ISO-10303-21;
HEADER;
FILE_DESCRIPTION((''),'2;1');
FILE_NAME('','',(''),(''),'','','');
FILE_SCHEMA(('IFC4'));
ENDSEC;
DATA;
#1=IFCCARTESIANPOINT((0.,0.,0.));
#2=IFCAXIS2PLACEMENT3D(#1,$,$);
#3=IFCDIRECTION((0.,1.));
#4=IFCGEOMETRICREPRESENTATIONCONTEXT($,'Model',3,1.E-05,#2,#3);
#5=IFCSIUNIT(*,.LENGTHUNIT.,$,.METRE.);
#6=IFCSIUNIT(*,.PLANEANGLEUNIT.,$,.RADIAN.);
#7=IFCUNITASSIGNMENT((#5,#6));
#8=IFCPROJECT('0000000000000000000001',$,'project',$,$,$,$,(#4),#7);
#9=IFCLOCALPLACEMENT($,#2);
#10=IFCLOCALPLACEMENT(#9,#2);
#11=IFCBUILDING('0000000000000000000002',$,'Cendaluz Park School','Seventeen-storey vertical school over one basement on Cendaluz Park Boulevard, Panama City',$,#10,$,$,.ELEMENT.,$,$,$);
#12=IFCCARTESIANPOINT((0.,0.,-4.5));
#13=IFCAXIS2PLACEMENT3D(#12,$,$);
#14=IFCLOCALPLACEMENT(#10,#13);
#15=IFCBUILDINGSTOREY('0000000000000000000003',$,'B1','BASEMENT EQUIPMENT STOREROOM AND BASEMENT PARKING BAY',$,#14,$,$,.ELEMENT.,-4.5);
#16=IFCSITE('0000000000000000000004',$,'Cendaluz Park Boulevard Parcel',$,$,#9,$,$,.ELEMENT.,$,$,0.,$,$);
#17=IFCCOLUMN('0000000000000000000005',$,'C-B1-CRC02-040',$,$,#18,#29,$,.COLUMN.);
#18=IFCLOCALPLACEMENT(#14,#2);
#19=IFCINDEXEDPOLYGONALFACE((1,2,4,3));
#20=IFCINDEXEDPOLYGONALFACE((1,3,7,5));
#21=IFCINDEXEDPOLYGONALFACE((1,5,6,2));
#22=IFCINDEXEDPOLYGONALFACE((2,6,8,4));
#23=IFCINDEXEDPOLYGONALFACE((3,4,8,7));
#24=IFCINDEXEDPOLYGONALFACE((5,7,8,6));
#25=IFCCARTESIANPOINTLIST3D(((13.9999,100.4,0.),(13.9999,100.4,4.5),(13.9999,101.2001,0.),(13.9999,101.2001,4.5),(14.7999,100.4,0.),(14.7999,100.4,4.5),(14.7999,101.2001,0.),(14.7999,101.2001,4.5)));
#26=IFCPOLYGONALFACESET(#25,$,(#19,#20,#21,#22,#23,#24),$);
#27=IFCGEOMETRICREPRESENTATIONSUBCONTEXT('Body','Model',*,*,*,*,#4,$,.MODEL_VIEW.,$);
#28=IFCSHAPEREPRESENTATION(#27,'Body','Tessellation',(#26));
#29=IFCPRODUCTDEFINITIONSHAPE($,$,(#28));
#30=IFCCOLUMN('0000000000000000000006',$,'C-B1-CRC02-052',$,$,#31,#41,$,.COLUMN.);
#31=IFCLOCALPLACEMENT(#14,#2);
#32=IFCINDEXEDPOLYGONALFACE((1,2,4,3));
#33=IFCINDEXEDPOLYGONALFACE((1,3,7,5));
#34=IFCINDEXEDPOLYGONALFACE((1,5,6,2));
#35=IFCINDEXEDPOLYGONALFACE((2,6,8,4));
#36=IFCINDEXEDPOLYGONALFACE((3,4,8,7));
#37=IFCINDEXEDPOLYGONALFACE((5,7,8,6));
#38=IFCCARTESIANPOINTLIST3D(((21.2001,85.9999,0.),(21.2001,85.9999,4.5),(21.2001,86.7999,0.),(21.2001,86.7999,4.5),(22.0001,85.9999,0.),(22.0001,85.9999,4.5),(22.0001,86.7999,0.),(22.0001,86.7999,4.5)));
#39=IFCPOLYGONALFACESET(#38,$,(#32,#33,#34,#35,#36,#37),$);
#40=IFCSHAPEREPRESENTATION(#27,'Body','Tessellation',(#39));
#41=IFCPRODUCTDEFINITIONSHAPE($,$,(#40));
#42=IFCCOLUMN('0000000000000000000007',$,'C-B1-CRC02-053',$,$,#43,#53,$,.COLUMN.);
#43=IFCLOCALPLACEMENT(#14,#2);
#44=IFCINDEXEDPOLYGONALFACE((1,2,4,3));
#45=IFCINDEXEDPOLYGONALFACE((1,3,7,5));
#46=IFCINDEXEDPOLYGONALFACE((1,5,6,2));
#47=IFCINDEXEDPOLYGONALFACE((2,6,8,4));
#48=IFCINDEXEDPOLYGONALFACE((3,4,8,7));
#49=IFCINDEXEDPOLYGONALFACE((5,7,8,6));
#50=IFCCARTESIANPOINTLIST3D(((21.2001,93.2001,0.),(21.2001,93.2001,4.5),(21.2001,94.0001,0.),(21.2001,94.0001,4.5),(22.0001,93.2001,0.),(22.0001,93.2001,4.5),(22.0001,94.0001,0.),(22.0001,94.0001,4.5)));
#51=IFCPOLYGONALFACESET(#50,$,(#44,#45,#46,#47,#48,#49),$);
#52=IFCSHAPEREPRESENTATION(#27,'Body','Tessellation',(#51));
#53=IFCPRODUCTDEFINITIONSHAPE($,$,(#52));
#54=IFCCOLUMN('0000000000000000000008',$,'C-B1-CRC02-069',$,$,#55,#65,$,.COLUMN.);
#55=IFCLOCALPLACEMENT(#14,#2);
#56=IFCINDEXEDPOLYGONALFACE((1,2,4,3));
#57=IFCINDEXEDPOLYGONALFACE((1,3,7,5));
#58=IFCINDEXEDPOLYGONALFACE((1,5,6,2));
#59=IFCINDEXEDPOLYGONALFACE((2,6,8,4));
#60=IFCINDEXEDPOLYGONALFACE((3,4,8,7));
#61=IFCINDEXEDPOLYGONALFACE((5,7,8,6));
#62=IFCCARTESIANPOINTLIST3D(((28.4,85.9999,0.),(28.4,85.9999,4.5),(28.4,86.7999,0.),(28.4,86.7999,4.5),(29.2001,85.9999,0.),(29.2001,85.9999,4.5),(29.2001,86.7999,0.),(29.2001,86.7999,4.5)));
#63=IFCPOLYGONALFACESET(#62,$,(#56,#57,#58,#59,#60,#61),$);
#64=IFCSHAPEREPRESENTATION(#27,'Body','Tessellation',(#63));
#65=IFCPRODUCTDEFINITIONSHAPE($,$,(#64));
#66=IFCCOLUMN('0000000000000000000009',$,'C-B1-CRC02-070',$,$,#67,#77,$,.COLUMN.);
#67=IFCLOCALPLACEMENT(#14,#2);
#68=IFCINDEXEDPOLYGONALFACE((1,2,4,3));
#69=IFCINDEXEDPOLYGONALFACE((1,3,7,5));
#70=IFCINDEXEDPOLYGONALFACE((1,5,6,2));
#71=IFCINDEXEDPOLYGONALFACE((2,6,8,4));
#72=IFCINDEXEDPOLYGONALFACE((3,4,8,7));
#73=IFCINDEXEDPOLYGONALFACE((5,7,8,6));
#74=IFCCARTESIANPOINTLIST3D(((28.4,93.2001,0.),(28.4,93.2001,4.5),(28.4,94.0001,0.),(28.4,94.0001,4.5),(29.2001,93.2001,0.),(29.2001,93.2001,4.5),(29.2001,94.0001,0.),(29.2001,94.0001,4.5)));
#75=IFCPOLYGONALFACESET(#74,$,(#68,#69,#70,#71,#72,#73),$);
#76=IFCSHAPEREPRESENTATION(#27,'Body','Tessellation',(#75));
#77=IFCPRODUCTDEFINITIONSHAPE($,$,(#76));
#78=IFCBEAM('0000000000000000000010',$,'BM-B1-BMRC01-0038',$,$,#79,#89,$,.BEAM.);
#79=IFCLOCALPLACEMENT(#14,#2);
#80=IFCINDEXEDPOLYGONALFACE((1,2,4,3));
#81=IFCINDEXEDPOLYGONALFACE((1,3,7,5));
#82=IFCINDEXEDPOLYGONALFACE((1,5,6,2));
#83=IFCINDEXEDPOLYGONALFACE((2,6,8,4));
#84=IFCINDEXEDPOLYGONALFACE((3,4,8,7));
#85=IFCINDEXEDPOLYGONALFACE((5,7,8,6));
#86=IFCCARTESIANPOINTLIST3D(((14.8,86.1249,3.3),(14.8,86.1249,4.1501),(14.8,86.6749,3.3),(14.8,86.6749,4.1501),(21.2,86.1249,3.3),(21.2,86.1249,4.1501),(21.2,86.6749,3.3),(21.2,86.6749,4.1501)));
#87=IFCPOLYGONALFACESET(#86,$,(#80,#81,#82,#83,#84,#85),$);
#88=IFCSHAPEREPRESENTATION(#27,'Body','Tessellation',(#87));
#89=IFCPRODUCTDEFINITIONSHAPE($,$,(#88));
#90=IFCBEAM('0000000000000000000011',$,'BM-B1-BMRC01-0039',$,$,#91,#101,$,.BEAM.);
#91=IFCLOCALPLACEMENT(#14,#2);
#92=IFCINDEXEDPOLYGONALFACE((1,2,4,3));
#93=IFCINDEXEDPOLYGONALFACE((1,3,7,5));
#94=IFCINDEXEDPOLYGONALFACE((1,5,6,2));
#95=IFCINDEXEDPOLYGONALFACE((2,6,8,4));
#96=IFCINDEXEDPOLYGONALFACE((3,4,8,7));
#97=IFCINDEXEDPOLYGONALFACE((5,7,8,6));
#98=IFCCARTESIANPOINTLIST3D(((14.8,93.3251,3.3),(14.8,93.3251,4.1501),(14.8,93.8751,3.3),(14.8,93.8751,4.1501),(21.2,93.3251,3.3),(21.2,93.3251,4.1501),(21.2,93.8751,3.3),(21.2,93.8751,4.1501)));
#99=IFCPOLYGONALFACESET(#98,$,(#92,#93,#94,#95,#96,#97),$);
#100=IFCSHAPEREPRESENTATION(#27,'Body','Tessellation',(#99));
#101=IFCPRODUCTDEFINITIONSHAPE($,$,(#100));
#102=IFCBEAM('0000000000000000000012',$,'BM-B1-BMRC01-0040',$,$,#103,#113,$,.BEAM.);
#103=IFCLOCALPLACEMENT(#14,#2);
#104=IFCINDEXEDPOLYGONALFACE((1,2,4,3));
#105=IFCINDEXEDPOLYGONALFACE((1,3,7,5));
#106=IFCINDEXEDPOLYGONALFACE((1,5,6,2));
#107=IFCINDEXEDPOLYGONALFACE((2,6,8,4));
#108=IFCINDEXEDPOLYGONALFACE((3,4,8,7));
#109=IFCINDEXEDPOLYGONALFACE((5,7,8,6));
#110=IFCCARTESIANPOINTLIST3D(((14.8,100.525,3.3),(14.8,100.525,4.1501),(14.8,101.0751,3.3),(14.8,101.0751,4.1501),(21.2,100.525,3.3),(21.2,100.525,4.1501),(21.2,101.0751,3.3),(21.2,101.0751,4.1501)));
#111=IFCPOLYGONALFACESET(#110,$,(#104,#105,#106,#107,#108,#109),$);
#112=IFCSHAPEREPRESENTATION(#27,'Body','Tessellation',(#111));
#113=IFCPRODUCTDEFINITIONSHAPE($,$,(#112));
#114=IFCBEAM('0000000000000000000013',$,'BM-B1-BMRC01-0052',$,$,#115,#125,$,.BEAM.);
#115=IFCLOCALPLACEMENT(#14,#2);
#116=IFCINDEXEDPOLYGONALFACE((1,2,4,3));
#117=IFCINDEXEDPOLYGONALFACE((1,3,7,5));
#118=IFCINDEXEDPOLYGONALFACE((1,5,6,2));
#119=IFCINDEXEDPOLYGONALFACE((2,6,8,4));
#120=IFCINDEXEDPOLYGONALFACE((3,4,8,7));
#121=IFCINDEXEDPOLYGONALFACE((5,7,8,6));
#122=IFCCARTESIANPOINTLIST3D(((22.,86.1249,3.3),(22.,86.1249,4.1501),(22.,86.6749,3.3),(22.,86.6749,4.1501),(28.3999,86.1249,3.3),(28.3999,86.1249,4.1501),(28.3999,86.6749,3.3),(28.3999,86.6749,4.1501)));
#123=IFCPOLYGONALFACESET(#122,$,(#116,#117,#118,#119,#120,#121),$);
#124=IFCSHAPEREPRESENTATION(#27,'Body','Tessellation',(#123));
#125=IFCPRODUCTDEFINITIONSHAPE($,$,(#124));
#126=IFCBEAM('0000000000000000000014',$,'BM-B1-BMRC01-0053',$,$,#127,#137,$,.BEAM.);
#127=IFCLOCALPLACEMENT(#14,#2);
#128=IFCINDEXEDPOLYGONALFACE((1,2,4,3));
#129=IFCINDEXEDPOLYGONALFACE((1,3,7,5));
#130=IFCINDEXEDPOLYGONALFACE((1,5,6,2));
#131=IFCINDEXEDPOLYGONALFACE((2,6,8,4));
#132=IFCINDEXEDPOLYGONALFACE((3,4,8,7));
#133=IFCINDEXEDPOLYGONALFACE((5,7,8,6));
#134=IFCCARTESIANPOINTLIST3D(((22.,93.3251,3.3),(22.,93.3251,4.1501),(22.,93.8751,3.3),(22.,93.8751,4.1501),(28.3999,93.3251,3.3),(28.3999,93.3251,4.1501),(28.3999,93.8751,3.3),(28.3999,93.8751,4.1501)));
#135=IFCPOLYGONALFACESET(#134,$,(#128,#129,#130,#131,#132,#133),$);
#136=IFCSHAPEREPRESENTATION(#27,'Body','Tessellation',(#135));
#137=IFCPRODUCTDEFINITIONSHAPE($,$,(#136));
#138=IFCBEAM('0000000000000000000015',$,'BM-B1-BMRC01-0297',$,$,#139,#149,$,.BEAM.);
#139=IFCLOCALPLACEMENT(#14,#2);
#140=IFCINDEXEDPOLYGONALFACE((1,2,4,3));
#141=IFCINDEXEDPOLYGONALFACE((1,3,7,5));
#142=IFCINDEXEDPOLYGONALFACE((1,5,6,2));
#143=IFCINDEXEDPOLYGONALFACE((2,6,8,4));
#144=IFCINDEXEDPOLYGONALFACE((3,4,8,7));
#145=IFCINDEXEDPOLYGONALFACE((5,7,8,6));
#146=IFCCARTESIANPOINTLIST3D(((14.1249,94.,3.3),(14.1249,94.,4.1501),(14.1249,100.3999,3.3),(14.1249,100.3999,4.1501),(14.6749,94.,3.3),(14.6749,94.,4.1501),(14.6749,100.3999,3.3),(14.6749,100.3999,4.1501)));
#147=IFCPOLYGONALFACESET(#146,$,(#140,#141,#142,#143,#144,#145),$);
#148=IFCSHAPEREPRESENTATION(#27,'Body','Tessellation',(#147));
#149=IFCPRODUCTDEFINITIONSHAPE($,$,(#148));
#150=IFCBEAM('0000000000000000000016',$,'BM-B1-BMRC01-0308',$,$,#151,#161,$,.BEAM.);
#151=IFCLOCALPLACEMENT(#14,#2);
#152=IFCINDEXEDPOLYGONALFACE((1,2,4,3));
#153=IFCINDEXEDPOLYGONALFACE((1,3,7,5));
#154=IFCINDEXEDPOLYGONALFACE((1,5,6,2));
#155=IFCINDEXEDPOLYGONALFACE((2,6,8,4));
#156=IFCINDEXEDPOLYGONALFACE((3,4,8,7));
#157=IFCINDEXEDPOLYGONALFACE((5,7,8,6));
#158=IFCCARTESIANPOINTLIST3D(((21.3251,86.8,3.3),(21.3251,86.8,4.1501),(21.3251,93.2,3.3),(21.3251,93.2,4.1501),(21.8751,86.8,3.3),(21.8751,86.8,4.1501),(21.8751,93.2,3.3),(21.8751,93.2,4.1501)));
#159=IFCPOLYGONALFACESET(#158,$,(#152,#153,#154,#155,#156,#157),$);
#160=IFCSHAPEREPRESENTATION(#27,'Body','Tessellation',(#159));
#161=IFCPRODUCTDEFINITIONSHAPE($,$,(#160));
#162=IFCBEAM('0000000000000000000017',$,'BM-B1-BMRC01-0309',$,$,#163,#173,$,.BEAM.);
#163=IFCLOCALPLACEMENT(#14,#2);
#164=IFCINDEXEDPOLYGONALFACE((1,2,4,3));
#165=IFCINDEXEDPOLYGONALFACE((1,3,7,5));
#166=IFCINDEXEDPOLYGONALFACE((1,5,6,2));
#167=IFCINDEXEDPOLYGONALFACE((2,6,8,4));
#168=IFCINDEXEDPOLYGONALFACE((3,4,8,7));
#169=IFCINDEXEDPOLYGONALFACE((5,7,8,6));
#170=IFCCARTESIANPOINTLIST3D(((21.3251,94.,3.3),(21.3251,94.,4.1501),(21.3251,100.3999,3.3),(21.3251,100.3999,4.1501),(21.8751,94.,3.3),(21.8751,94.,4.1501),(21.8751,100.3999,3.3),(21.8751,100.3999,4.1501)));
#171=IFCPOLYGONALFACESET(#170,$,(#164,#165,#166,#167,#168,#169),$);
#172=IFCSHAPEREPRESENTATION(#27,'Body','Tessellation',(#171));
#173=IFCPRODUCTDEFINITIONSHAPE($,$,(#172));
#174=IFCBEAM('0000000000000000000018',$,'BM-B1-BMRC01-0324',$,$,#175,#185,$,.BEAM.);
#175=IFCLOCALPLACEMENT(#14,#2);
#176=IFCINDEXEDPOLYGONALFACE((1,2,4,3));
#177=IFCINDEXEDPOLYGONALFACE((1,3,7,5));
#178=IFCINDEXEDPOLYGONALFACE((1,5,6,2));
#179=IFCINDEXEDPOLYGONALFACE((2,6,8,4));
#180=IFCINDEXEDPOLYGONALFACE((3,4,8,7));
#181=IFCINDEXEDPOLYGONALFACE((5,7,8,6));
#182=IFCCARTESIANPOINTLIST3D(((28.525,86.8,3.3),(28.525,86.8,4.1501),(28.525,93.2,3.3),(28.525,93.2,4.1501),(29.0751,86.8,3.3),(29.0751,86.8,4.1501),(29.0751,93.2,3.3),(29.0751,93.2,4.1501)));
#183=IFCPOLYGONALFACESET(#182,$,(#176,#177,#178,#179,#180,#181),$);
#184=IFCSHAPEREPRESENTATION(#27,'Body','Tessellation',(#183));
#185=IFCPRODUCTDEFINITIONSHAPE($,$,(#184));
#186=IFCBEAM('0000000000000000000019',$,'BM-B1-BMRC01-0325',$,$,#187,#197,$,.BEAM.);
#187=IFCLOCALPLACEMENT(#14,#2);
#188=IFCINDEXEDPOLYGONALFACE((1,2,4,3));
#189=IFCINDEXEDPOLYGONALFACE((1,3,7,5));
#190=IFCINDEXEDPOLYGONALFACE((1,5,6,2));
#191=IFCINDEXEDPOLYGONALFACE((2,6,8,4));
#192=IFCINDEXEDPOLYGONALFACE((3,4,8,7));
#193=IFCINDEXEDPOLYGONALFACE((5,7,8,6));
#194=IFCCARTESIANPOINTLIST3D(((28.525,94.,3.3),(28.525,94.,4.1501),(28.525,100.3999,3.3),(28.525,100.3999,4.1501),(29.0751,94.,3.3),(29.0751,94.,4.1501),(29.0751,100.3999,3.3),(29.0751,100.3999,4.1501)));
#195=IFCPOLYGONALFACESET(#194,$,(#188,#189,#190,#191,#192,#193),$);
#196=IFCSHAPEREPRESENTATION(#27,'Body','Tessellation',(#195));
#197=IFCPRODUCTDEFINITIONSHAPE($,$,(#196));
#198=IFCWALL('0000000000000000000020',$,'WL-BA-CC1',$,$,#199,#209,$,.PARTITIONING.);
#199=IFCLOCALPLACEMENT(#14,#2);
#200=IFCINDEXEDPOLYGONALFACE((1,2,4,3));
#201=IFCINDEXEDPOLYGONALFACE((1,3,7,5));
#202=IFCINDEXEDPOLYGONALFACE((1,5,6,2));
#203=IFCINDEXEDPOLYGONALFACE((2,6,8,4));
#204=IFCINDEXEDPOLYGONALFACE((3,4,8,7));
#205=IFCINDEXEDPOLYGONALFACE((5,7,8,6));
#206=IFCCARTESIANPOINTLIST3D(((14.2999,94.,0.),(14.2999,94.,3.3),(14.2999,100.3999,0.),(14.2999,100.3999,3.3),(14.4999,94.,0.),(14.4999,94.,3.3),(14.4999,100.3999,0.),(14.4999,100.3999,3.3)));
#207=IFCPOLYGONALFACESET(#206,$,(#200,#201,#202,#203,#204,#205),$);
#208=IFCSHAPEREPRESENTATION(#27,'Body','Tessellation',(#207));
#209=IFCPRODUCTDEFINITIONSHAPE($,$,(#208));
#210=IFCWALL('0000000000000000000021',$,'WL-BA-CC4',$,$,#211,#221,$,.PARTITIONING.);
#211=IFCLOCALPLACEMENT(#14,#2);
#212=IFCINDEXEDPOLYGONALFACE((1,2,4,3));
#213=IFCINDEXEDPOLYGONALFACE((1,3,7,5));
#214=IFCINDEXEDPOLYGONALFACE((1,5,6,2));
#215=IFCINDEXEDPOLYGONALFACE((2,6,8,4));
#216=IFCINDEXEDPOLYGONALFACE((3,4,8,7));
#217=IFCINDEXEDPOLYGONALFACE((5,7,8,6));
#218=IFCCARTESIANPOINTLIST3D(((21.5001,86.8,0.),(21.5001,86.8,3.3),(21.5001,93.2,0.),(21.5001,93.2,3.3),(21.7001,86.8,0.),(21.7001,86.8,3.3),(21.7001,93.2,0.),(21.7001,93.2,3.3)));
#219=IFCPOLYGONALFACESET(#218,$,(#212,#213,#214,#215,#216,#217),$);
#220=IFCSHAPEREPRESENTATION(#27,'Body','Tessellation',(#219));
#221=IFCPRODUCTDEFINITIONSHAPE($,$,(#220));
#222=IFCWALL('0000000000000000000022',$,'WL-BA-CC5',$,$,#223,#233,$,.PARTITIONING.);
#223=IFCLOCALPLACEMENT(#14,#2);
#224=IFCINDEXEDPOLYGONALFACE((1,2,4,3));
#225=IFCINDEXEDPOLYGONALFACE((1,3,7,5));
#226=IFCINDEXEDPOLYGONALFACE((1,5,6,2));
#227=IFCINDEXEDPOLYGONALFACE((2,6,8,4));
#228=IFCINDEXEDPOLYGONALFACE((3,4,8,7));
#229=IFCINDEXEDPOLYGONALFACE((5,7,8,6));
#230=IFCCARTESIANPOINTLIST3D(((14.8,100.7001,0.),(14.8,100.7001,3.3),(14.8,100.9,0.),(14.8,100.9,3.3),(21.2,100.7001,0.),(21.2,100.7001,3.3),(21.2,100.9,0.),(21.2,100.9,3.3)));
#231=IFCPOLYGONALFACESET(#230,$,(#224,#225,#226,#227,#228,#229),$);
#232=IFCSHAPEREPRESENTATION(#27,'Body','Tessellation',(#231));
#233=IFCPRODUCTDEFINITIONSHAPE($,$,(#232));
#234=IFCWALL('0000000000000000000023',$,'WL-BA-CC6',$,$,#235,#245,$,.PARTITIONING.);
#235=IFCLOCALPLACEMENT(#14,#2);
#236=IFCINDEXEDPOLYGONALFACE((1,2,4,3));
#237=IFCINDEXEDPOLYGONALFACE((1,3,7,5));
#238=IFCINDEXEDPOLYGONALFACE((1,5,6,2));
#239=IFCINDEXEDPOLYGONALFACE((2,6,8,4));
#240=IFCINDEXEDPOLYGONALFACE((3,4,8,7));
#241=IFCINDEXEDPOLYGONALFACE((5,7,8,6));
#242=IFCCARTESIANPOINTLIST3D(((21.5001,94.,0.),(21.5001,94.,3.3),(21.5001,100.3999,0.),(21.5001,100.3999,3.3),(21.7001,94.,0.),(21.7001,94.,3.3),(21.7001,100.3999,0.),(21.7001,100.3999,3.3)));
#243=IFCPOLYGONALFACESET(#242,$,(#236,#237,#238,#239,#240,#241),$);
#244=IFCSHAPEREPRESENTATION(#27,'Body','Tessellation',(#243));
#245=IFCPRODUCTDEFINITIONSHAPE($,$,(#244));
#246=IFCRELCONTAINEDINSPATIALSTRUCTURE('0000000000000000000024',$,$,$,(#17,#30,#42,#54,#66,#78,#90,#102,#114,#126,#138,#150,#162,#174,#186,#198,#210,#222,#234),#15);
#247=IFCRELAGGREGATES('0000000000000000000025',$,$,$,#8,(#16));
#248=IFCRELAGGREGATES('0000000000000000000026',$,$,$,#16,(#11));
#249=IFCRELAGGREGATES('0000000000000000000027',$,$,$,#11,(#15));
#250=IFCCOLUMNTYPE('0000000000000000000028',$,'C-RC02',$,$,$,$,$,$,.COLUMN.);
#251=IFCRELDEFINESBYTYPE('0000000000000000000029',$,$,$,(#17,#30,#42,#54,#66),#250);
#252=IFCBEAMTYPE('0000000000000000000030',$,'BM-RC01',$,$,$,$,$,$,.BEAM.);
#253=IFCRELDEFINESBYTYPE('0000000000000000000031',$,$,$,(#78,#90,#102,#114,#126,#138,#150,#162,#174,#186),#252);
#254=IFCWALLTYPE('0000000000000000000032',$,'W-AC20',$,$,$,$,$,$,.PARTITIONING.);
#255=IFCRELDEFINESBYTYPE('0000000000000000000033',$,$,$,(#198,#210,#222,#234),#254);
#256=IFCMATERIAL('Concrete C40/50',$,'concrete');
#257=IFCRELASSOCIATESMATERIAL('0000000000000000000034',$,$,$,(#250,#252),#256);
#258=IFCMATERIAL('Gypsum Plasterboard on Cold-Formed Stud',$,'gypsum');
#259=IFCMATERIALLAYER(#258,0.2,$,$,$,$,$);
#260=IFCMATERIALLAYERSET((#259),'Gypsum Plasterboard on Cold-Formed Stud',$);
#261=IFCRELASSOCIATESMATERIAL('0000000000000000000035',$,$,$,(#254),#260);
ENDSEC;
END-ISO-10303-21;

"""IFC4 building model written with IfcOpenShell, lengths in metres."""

from ifc_helpers import new_model, si_unit, direction, frame, frame_2d, origin, origin_2d, place, context, subcontext, project, spatial, rectangle, extrude, material, layer, layer_set, material_profile, profile_set, type_object, element, save


model = new_model("IFC4")

# Units and contexts
model_context = context("Model", 3, precision=1e-05, world=origin(), true_north=direction((0.0, 1.0)))
body_context = subcontext(model_context, "Body", "Model", "MODEL_VIEW")
ifc_project = project(units=[si_unit("LENGTHUNIT", "METRE"), si_unit("PLANEANGLEUNIT", "RADIAN")], contexts=[model_context])

# Site, building, storey
site_placement = place(None, origin())
site = spatial("IfcSite", under=ifc_project, at=site_placement, Name="Cendaluz Park Boulevard Parcel", CompositionType="ELEMENT", RefElevation=0.0)
building_placement = place(site_placement, origin())
building = spatial("IfcBuilding", under=site, at=building_placement, Name="Cendaluz Park School", Description="Seventeen-storey vertical school over one basement on Cendaluz Park Boulevard, Panama City", CompositionType="ELEMENT")
storey_placement = place(building_placement, frame((0.0, 0.0, -4.5)))
storey = spatial("IfcBuildingStorey", under=building, at=storey_placement, Name="B1", Description="BASEMENT EQUIPMENT STOREROOM AND BASEMENT PARKING BAY", CompositionType="ELEMENT", Elevation=-4.5)

# Shared definitions
ifc_material_1 = material(Name="Concrete C40/50", Category="concrete")

# Columns
ifc_material_profile_1 = material_profile(ifc_material_1, rectangle(XDim=0.8, YDim=0.8, at=origin_2d()), Name="RC 800x800", Category="concrete")
ifc_profile_set_1 = profile_set([ifc_material_profile_1], Name="Concrete C40/50")
column_type = type_object("IfcColumnType", Name="C-RC02", PredefinedType="COLUMN", material=ifc_profile_set_1)
for number, where, z_axis, x_axis, name in (
    (1, (14.3999, 100.8, 0.0), (0.0, 0.0, 1.0), (1.0, 0.0, 0.0), "C-B1-CRC02-040"),
    (2, (21.6001, 86.3999, 0.0), (0.0, 0.0, 1.0), (1.0, 0.0, 0.0), "C-B1-CRC02-052"),
    (3, (21.6001, 93.6001, 0.0), (0.0, 0.0, 1.0), (1.0, 0.0, 0.0), "C-B1-CRC02-053"),
    (4, (28.8, 86.3999, 0.0), (0.0, 0.0, 1.0), (1.0, 0.0, 0.0), "C-B1-CRC02-069"),
    (5, (28.8, 93.6001, 0.0), (0.0, 0.0, 1.0), (1.0, 0.0, 0.0), "C-B1-CRC02-070"),
):
    element("IfcColumn", number, at=place(storey_placement, frame(where, z_axis=z_axis, x_axis=x_axis)), inside=storey, type_object=column_type, Name=name, PredefinedType="COLUMN", context=body_context, shape_type="SweptSolid", body=[
        extrude(rectangle(XDim=0.8, YDim=0.8, at=origin_2d()), origin(), (0.0, 0.0, 1.0), 4.5),
    ])

# Beams
ifc_material_profile_2 = material_profile(ifc_material_1, rectangle(XDim=0.55, YDim=0.8501, at=origin_2d()), Name="RC 550x850", Category="concrete")
ifc_profile_set_2 = profile_set([ifc_material_profile_2], Name="Concrete C40/50")
beam_type = type_object("IfcBeamType", Name="BM-RC01", PredefinedType="BEAM", material=ifc_profile_set_2)
for number, where, z_axis, x_axis, name in (
    (6, (14.8, 86.3999, 3.7251), (1.0, 0.0, 0.0), (0.0, 1.0, 0.0), "BM-B1-BMRC01-0038"),
    (7, (14.8, 93.6001, 3.7251), (1.0, 0.0, 0.0), (0.0, 1.0, 0.0), "BM-B1-BMRC01-0039"),
    (8, (14.8, 100.8, 3.7251), (1.0, 0.0, 0.0), (0.0, 1.0, 0.0), "BM-B1-BMRC01-0040"),
    (9, (22.0, 86.3999, 3.7251), (1.0, 0.0, 0.0), (0.0, 1.0, 0.0), "BM-B1-BMRC01-0052"),
    (10, (22.0, 93.6001, 3.7251), (1.0, 0.0, 0.0), (0.0, 1.0, 0.0), "BM-B1-BMRC01-0053"),
    (11, (14.3999, 94.0, 3.7251), (0.0, 1.0, 0.0), (-1.0, 0.0, 0.0), "BM-B1-BMRC01-0297"),
    (12, (21.6001, 86.8, 3.7251), (0.0, 1.0, 0.0), (-1.0, 0.0, 0.0), "BM-B1-BMRC01-0308"),
    (13, (21.6001, 94.0, 3.7251), (0.0, 1.0, 0.0), (-1.0, 0.0, 0.0), "BM-B1-BMRC01-0309"),
    (14, (28.8, 86.8, 3.7251), (0.0, 1.0, 0.0), (-1.0, 0.0, 0.0), "BM-B1-BMRC01-0324"),
    (15, (28.8, 94.0, 3.7251), (0.0, 1.0, 0.0), (-1.0, 0.0, 0.0), "BM-B1-BMRC01-0325"),
):
    element("IfcBeam", number, at=place(storey_placement, frame(where, z_axis=z_axis, x_axis=x_axis)), inside=storey, type_object=beam_type, Name=name, PredefinedType="BEAM", context=body_context, shape_type="SweptSolid", body=[
        extrude(rectangle(XDim=0.55, YDim=0.8501, at=origin_2d()), origin(), (0.0, 0.0, 1.0), 6.3999),
    ])

# Walls
ifc_material_2 = material(Name="Gypsum Plasterboard on Cold-Formed Stud", Category="gypsum")
ifc_layer = layer(ifc_material_2, 0.2)
ifc_layer_set = layer_set([ifc_layer], Name="Gypsum Plasterboard on Cold-Formed Stud")
wall_type = type_object("IfcWallType", Name="W-AC20", PredefinedType="PARTITIONING", material=ifc_layer_set)
for number, where, z_axis, x_axis, name in (
    (16, (14.3999, 94.0, 0.0), (0.0, 0.0, 1.0), (0.0, 1.0, 0.0), "WL-BA-CC1"),
    (17, (21.6001, 86.8, 0.0), (0.0, 0.0, 1.0), (0.0, 1.0, 0.0), "WL-BA-CC4"),
    (18, (14.8, 100.8, 0.0), (0.0, 0.0, 1.0), (1.0, 0.0, 0.0), "WL-BA-CC5"),
    (19, (21.6001, 94.0, 0.0), (0.0, 0.0, 1.0), (0.0, 1.0, 0.0), "WL-BA-CC6"),
):
    element("IfcWall", number, at=place(storey_placement, frame(where, z_axis=z_axis, x_axis=x_axis)), inside=storey, type_object=wall_type, Name=name, PredefinedType="PARTITIONING", context=body_context, shape_type="SweptSolid", body=[
        extrude(rectangle(XDim=6.3999, YDim=0.2, at=frame_2d((3.2, 0.0))), origin(), (0.0, 0.0, 1.0), 3.3),
    ])

save(model, "model.ifc")
